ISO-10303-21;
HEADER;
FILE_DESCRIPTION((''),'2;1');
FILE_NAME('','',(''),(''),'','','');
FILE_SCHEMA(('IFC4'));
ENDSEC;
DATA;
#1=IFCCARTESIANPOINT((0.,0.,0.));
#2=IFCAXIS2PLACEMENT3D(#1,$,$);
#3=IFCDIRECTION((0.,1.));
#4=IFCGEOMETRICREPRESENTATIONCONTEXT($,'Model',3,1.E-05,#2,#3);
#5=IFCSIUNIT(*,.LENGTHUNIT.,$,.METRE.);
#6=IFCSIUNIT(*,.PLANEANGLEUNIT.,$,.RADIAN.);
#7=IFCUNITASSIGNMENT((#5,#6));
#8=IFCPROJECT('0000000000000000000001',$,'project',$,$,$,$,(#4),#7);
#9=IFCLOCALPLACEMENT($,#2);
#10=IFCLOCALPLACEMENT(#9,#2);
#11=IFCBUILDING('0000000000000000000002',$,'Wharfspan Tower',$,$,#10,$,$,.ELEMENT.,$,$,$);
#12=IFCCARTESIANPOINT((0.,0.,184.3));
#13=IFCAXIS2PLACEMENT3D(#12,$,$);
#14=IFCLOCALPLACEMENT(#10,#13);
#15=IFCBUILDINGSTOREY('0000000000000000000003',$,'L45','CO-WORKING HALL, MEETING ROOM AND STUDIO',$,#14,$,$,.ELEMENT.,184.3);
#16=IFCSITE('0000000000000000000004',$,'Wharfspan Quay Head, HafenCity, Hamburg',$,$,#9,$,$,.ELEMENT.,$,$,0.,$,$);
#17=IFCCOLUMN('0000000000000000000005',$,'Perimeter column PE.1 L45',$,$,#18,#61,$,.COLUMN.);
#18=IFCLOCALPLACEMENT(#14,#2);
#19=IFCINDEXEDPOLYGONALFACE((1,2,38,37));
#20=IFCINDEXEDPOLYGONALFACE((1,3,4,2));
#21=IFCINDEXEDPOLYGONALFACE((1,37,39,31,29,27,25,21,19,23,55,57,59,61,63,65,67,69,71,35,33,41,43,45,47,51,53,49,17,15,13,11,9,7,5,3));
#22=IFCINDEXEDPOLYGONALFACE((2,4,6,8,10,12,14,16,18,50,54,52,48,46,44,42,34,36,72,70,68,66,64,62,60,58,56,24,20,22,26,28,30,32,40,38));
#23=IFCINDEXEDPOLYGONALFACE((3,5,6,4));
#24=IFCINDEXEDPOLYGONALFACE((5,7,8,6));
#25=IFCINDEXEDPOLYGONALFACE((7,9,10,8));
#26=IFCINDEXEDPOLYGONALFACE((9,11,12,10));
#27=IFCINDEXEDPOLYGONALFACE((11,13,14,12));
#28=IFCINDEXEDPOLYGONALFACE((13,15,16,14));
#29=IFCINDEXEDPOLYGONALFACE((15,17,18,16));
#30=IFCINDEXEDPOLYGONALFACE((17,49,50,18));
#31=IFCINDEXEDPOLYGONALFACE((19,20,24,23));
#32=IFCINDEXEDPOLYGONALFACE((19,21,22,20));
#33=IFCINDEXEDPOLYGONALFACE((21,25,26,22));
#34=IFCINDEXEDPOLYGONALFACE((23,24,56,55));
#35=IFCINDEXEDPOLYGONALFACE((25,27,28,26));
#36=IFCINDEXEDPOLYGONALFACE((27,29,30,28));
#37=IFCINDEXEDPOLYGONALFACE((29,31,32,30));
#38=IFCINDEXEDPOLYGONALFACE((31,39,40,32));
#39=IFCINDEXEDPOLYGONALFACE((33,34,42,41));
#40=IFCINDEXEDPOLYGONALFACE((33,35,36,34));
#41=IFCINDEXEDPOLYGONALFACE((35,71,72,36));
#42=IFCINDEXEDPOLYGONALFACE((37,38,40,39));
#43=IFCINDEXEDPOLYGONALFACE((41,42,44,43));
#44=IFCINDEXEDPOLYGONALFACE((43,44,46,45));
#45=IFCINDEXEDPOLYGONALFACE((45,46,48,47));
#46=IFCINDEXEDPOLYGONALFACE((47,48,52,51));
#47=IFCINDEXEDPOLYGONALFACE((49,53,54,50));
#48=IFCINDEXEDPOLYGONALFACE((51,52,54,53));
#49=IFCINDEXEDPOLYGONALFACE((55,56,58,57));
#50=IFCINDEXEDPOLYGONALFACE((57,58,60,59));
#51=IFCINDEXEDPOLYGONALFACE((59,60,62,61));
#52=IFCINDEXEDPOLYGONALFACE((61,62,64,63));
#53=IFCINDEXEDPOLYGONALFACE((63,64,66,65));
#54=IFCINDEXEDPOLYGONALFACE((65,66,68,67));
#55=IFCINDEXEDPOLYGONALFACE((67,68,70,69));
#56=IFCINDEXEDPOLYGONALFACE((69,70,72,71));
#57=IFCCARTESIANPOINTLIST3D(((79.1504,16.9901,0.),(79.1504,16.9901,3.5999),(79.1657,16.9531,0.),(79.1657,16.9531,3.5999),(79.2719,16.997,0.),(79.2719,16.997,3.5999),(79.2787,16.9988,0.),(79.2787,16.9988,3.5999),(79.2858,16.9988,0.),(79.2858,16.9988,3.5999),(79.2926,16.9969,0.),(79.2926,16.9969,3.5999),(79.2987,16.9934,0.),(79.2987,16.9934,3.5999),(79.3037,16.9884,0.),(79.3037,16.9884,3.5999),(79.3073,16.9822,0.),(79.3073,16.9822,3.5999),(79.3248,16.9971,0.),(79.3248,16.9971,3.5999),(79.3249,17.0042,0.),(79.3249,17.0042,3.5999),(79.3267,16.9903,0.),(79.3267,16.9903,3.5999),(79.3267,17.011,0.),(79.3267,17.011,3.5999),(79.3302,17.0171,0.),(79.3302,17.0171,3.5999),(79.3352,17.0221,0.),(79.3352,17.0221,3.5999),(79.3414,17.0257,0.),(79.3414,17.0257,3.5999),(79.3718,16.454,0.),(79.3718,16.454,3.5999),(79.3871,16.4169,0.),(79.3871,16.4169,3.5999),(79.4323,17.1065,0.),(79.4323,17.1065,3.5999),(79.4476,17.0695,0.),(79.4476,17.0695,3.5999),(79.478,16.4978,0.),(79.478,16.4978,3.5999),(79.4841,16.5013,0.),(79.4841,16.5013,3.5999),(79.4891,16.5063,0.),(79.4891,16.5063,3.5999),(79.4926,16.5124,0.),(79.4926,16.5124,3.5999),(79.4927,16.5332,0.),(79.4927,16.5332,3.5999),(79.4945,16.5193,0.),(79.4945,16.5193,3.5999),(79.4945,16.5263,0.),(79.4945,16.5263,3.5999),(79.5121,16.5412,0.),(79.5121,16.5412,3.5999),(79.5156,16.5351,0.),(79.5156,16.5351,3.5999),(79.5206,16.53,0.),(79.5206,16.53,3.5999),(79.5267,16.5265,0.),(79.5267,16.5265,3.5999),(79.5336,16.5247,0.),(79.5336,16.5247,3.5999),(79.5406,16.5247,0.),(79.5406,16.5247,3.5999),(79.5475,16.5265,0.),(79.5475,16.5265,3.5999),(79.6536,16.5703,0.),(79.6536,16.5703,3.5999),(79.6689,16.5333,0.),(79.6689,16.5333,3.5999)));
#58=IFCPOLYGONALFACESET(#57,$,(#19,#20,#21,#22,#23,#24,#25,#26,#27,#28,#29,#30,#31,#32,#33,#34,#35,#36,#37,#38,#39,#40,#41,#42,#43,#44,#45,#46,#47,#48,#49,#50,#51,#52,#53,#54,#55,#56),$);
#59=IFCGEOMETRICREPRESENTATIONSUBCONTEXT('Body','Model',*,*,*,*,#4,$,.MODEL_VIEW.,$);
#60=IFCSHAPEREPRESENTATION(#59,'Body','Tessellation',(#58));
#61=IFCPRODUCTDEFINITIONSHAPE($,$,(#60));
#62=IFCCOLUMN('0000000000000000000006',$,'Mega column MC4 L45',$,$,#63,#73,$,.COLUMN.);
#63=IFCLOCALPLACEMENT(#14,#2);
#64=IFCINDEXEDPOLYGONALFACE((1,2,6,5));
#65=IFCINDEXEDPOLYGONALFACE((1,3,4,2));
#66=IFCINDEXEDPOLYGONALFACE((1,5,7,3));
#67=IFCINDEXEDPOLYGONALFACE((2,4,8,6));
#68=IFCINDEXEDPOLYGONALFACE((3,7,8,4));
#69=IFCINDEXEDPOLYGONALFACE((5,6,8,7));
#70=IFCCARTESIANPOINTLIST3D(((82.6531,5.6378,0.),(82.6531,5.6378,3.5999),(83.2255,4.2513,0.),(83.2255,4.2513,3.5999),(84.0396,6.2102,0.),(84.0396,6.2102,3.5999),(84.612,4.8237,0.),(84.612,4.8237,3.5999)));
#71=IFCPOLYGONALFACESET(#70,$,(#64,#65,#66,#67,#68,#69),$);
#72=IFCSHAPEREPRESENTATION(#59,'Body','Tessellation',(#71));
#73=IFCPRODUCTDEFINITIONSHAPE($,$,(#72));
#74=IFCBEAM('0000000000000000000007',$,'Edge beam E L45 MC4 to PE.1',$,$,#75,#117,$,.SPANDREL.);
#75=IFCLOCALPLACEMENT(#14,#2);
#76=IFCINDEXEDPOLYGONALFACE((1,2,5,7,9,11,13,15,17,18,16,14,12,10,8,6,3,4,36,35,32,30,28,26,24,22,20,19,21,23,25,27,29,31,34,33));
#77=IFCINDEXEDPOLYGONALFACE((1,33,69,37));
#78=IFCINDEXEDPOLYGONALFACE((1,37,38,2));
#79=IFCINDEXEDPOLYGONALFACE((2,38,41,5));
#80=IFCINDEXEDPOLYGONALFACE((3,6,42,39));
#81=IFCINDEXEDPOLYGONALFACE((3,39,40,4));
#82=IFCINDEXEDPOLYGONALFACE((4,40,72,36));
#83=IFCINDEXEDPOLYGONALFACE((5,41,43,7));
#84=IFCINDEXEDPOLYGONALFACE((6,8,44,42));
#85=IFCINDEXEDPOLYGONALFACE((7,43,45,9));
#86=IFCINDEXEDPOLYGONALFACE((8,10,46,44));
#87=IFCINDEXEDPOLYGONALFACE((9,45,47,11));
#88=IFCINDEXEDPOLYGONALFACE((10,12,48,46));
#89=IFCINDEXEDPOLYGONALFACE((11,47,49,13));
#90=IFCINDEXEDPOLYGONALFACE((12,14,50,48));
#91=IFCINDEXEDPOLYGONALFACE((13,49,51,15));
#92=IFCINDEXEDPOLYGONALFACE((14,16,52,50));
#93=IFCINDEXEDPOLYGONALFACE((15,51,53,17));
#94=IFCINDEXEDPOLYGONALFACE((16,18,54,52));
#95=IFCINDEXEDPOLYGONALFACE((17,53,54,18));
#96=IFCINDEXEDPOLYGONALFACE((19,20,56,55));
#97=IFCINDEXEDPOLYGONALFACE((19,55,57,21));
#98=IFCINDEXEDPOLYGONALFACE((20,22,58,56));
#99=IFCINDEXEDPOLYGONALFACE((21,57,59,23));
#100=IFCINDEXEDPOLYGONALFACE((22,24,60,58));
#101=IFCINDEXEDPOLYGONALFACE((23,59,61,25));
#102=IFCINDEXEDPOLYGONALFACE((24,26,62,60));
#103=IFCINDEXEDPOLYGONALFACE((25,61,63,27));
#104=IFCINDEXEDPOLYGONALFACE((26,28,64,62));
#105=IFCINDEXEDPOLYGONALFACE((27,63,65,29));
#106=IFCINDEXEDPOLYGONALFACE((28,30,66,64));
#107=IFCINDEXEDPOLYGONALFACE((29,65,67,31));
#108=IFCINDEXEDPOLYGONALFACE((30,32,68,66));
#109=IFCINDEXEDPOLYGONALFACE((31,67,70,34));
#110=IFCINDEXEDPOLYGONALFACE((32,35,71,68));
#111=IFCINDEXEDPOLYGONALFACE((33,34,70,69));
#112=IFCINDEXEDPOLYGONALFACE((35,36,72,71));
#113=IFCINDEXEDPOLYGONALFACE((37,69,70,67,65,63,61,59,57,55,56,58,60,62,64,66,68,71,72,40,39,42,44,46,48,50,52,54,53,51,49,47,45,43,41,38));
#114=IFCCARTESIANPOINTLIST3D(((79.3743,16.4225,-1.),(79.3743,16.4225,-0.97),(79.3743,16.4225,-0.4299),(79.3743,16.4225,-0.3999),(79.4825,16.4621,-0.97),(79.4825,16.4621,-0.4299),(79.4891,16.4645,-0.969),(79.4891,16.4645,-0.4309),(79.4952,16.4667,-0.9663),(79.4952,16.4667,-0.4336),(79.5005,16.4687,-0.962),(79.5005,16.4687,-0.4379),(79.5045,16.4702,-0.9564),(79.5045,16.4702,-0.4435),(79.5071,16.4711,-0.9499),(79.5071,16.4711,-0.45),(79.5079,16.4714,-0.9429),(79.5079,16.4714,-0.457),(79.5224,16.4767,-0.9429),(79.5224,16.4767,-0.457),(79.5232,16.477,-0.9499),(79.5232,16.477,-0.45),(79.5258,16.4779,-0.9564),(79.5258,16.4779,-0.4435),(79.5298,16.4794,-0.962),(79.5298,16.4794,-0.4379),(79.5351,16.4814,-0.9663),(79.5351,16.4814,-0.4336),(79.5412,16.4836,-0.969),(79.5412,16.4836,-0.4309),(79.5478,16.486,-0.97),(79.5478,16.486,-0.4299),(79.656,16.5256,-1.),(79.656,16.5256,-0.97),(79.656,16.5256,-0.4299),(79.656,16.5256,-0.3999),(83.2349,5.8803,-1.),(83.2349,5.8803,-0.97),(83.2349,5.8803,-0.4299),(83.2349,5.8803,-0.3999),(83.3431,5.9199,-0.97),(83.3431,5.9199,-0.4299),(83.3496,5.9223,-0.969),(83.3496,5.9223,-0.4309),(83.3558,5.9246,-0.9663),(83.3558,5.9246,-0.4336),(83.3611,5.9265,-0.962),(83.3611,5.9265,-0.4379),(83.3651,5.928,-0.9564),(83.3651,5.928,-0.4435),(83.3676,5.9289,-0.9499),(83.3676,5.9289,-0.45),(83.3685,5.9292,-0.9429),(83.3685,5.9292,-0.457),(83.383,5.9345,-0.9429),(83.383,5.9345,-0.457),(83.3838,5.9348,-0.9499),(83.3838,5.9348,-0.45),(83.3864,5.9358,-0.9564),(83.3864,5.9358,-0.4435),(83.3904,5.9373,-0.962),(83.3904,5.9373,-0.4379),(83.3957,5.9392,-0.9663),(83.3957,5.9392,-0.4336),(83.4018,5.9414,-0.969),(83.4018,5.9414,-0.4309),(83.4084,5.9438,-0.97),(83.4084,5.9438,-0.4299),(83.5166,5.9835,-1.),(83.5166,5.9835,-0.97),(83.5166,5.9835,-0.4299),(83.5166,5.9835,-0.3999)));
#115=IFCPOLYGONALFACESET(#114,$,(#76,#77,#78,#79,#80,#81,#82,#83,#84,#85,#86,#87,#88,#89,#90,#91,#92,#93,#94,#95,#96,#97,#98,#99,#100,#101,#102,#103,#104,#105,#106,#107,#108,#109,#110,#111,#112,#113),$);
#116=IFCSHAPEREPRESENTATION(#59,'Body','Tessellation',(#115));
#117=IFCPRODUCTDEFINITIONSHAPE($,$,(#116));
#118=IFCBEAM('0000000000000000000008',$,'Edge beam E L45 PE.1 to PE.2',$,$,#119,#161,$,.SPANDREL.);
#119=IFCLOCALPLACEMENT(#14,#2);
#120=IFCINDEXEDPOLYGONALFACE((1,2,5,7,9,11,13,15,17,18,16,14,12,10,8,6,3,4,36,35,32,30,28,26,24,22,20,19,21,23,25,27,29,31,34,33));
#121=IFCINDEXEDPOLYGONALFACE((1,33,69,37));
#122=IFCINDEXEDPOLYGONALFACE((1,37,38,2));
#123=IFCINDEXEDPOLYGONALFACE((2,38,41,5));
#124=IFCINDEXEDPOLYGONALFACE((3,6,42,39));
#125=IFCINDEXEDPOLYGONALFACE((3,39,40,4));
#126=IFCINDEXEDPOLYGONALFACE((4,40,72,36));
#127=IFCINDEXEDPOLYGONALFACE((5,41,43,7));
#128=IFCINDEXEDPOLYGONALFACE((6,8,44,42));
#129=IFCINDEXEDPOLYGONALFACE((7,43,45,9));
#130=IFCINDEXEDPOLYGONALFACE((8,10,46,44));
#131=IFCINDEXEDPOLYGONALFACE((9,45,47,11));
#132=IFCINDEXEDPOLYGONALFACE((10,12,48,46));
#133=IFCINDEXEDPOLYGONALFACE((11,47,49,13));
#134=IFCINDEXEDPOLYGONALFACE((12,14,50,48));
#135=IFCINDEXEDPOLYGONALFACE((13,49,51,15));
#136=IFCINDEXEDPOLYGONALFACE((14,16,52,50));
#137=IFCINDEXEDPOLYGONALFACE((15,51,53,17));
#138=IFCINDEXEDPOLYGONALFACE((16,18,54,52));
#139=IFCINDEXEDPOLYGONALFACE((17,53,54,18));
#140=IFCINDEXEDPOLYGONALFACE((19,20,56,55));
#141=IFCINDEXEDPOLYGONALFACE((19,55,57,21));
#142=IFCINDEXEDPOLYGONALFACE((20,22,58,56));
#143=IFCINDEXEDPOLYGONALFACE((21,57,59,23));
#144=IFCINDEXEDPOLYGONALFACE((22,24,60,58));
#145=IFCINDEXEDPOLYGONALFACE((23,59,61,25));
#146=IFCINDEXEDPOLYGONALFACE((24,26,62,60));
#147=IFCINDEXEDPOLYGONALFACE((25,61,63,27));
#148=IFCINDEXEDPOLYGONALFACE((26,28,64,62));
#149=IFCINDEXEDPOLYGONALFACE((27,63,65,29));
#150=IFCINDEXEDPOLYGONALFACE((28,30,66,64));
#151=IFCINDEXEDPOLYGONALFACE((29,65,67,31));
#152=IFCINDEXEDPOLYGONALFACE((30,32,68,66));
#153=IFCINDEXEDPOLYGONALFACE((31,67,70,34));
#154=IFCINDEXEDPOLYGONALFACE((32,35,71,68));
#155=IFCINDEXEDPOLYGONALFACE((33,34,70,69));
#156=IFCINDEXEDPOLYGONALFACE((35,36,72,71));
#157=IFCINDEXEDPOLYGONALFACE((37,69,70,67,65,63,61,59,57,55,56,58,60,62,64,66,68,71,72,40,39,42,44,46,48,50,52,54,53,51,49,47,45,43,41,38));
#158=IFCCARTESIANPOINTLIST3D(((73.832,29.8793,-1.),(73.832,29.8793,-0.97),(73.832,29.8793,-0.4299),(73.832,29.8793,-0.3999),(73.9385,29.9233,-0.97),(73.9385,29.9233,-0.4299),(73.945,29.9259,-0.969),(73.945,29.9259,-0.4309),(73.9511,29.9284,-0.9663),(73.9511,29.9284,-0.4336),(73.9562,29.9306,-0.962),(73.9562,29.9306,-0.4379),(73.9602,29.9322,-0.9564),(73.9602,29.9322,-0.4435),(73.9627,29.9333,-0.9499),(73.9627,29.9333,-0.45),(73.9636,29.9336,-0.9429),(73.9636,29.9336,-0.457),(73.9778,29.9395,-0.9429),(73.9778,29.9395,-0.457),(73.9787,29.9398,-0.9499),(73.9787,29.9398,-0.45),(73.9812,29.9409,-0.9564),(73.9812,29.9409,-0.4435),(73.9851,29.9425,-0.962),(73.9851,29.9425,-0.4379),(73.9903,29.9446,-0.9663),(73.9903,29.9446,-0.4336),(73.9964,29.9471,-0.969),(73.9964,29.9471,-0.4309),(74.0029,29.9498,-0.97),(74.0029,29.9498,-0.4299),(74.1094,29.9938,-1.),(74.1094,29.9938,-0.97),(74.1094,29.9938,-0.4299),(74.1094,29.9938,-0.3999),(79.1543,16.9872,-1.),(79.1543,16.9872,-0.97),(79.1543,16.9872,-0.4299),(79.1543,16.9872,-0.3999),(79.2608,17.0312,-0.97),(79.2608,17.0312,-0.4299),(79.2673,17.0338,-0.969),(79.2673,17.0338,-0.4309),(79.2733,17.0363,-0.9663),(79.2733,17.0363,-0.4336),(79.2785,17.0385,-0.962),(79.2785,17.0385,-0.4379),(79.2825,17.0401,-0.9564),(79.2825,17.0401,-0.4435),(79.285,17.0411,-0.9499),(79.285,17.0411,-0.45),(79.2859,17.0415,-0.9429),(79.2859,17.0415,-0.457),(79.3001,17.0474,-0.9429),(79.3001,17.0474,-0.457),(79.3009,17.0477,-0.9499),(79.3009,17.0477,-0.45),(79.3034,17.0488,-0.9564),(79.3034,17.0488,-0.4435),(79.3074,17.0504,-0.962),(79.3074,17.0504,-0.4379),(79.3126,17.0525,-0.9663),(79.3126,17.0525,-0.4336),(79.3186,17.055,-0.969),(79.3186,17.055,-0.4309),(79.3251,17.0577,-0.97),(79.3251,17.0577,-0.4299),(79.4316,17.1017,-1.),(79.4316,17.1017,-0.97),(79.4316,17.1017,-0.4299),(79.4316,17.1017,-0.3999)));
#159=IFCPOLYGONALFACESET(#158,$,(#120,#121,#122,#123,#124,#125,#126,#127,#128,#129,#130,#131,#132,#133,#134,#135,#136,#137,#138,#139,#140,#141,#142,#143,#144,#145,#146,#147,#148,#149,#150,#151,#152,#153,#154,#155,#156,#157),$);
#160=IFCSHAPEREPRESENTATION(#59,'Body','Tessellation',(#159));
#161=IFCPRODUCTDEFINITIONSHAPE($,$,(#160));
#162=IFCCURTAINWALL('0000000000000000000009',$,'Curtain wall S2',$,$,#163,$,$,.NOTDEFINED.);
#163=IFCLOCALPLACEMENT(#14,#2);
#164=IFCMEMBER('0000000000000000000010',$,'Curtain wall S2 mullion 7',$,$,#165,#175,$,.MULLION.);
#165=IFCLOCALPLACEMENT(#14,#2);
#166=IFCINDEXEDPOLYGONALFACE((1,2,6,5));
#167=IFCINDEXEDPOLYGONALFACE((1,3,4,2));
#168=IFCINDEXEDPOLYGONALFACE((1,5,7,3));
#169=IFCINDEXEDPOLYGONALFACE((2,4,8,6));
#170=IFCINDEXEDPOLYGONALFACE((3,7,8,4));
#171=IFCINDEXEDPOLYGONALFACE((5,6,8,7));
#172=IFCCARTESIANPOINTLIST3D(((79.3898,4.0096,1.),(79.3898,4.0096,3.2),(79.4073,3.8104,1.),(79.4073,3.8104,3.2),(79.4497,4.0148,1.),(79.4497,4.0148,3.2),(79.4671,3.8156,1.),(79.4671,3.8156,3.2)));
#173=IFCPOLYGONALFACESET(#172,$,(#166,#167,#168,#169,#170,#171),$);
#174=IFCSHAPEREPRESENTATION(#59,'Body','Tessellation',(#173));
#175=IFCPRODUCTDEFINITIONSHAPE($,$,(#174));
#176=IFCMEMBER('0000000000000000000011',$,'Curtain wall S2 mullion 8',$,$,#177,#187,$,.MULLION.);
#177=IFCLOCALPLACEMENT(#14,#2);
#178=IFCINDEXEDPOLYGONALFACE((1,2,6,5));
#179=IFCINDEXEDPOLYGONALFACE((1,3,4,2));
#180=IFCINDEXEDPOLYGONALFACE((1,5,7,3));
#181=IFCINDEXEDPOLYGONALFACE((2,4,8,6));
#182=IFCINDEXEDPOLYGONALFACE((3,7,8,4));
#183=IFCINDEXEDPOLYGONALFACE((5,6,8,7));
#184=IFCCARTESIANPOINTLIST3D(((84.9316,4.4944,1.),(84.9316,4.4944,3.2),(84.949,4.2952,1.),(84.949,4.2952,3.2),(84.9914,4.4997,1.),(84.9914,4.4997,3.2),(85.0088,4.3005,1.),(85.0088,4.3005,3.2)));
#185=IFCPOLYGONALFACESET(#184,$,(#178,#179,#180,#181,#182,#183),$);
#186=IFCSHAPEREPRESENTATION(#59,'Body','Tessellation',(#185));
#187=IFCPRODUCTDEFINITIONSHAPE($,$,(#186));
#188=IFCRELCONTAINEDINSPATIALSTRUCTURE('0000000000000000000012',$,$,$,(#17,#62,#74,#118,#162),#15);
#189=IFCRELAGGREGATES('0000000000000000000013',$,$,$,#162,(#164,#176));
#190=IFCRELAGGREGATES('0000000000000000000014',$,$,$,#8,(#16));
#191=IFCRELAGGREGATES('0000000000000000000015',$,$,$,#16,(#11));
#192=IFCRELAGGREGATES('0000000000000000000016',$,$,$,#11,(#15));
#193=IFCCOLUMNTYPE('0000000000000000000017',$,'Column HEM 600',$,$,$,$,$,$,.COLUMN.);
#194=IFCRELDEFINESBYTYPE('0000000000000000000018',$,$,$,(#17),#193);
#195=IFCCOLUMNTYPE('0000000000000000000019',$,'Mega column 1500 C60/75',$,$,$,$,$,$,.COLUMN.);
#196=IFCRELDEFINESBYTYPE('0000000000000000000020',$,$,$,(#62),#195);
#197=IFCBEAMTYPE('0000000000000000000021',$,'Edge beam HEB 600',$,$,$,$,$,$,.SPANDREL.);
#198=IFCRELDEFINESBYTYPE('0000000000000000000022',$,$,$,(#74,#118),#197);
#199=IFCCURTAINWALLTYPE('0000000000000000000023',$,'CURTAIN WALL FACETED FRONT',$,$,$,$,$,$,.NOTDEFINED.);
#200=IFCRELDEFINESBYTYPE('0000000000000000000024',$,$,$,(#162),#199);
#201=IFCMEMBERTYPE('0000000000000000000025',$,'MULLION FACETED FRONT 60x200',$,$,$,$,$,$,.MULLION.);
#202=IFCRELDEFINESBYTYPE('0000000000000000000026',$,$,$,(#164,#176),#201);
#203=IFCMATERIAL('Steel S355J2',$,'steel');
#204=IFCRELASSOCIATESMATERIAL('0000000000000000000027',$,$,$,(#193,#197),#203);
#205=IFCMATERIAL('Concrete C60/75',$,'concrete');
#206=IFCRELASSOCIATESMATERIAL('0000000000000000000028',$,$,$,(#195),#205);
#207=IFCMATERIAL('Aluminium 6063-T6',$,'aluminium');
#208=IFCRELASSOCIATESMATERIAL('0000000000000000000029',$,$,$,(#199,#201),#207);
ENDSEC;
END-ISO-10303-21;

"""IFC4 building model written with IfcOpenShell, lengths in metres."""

from ifc_helpers import new_model, si_unit, direction, frame, origin, origin_2d, place, context, subcontext, project, spatial, rectangle, i_section, extrude, material, material_profile, profile_set, type_object, element, aggregate, save


model = new_model("IFC4")

# Units and contexts
model_context = context("Model", 3, precision=1e-05, world=origin(), true_north=direction((0.0, 1.0)))
body_context = subcontext(model_context, "Body", "Model", "MODEL_VIEW")
ifc_project = project(units=[si_unit("LENGTHUNIT", "METRE"), si_unit("PLANEANGLEUNIT", "RADIAN")], contexts=[model_context])

# Site, building, storey
site_placement = place(None, origin())
site = spatial("IfcSite", under=ifc_project, at=site_placement, Name="Wharfspan Quay Head, HafenCity, Hamburg", CompositionType="ELEMENT", RefElevation=0.0)
building_placement = place(site_placement, origin())
building = spatial("IfcBuilding", under=site, at=building_placement, Name="Wharfspan Tower", CompositionType="ELEMENT")
storey_placement = place(building_placement, frame((0.0, 0.0, 184.3)))
storey = spatial("IfcBuildingStorey", under=building, at=storey_placement, Name="L45", Description="CO-WORKING HALL, MEETING ROOM AND STUDIO", CompositionType="ELEMENT", Elevation=184.3)

# Columns
ifc_material_1 = material(Name="Steel S355J2", Category="steel")
ifc_material_profile_1 = material_profile(ifc_material_1, i_section(OverallWidth=0.3049, OverallDepth=0.6201, WebThickness=0.021, FlangeThickness=0.04, FilletRadius=0.0271, at=origin_2d()))
ifc_profile_set_1 = profile_set([ifc_material_profile_1], Name="Steel S355J2")
column_type_1 = type_object("IfcColumnType", Name="Column HEM 600", PredefinedType="COLUMN", material=ifc_profile_set_1)
column_1_placement = place(storey_placement, frame((79.4097, 16.7617, 0.0), z_axis=(0.0, 0.0, 1.0), x_axis=(0.924325, 0.381602, 0.0)))
element("IfcColumn", 1, at=column_1_placement, inside=storey, type_object=column_type_1, Name="Perimeter column PE.1 L45", PredefinedType="COLUMN", context=body_context, shape_type="SweptSolid", body=[
    extrude(i_section(OverallWidth=0.3049, OverallDepth=0.6201, WebThickness=0.021, FlangeThickness=0.04, FilletRadius=0.0271, at=origin_2d()), origin(), (0.0, 0.0, 1.0), 3.5999),
])
ifc_material_2 = material(Name="Concrete C60/75", Category="concrete")
ifc_material_profile_2 = material_profile(ifc_material_2, rectangle(XDim=1.5, YDim=1.5, at=origin_2d()))
ifc_profile_set_2 = profile_set([ifc_material_profile_2], Name="Concrete C60/75")
column_type_2 = type_object("IfcColumnType", Name="Mega column 1500 C60/75", PredefinedType="COLUMN", material=ifc_profile_set_2)
column_2_placement = place(storey_placement, frame((83.6326, 5.2307, 0.0), z_axis=(0.0, 0.0, 1.0), x_axis=(-0.381602, 0.924325, 0.0)))
element("IfcColumn", 2, at=column_2_placement, inside=storey, type_object=column_type_2, Name="Mega column MC4 L45", PredefinedType="COLUMN", context=body_context, shape_type="SweptSolid", body=[
    extrude(rectangle(XDim=1.5, YDim=1.5, at=origin_2d()), origin(), (0.0, 0.0, 1.0), 3.5999),
])

# Beams
ifc_material_profile_3 = material_profile(ifc_material_1, i_section(OverallWidth=0.3, OverallDepth=0.6001, WebThickness=0.0154, FlangeThickness=0.03, FilletRadius=0.0271, at=origin_2d()))
ifc_profile_set_3 = profile_set([ifc_material_profile_3], Name="Steel S355J2")
beam_type = type_object("IfcBeamType", Name="Edge beam HEB 600", PredefinedType="SPANDREL", material=ifc_profile_set_3)
beam_1_placement = place(storey_placement, frame((83.3757, 5.9319, -0.7), z_axis=(-0.343871, 0.939017, 0.0), x_axis=(-0.939017, -0.343871, 0.0)))
element("IfcBeam", 3, at=beam_1_placement, inside=storey, type_object=beam_type, Name="Edge beam E L45 MC4 to PE.1", PredefinedType="SPANDREL", context=body_context, shape_type="SweptSolid", body=[
    extrude(i_section(OverallWidth=0.3, OverallDepth=0.6001, WebThickness=0.0154, FlangeThickness=0.03, FilletRadius=0.0271, at=origin_2d()), origin(), (0.0, 0.0, 1.0), 11.2268),
])
beam_2_placement = place(storey_placement, frame((79.293, 17.0444, -0.7), z_axis=(-0.381593, 0.92433, 0.0), x_axis=(-0.92433, -0.381593, 0.0)))
element("IfcBeam", 4, at=beam_2_placement, inside=storey, type_object=beam_type, Name="Edge beam E L45 PE.1 to PE.2", PredefinedType="SPANDREL", context=body_context, shape_type="SweptSolid", body=[
    extrude(i_section(OverallWidth=0.3, OverallDepth=0.6001, WebThickness=0.0154, FlangeThickness=0.03, FilletRadius=0.0271, at=origin_2d()), origin(), (0.0, 0.0, 1.0), 13.9475),
])

# Curtain wall, members
ifc_material_3 = material(Name="Aluminium 6063-T6", Category="aluminium")
curtain_wall_type_1 = type_object("IfcCurtainWallType", Name="CURTAIN WALL FACETED FRONT", PredefinedType="NOTDEFINED", material=ifc_material_3)
curtain_wall_1_placement = place(storey_placement, origin())
curtain_wall_1 = element("IfcCurtainWall", 5, at=curtain_wall_1_placement, inside=storey, type_object=curtain_wall_type_1, Name="Curtain wall S2", PredefinedType="NOTDEFINED")
ifc_material_profile_4 = material_profile(ifc_material_3, rectangle(XDim=0.2, YDim=0.0601, at=origin_2d()))
ifc_profile_set_4 = profile_set([ifc_material_profile_4], Name="Aluminium 6063-T6")
member_type_1 = type_object("IfcMemberType", Name="MULLION FACETED FRONT 60x200", PredefinedType="MULLION", material=ifc_profile_set_4)
member_1_placement = place(storey_placement, frame((79.4285, 3.9126, 1.0), z_axis=(0.0, 0.0, 1.0), x_axis=(-0.087156, 0.996198, 0.0)))
member_1 = element("IfcMember", 6, at=member_1_placement, type_object=member_type_1, Name="Curtain wall S2 mullion 7", PredefinedType="MULLION", context=body_context, shape_type="SweptSolid", body=[
    extrude(rectangle(XDim=0.2, YDim=0.0601, at=origin_2d()), origin(), (0.0, 0.0, 1.0), 2.2),
])
member_2_placement = place(storey_placement, frame((84.9702, 4.3975, 1.0), z_axis=(0.0, 0.0, 1.0), x_axis=(-0.087156, 0.996198, 0.0)))
member_2 = element("IfcMember", 7, at=member_2_placement, type_object=member_type_1, Name="Curtain wall S2 mullion 8", PredefinedType="MULLION", context=body_context, shape_type="SweptSolid", body=[
    extrude(rectangle(XDim=0.2, YDim=0.0601, at=origin_2d()), origin(), (0.0, 0.0, 1.0), 2.2),
])

aggregate(curtain_wall_1, [member_1, member_2])

save(model, "model.ifc")
